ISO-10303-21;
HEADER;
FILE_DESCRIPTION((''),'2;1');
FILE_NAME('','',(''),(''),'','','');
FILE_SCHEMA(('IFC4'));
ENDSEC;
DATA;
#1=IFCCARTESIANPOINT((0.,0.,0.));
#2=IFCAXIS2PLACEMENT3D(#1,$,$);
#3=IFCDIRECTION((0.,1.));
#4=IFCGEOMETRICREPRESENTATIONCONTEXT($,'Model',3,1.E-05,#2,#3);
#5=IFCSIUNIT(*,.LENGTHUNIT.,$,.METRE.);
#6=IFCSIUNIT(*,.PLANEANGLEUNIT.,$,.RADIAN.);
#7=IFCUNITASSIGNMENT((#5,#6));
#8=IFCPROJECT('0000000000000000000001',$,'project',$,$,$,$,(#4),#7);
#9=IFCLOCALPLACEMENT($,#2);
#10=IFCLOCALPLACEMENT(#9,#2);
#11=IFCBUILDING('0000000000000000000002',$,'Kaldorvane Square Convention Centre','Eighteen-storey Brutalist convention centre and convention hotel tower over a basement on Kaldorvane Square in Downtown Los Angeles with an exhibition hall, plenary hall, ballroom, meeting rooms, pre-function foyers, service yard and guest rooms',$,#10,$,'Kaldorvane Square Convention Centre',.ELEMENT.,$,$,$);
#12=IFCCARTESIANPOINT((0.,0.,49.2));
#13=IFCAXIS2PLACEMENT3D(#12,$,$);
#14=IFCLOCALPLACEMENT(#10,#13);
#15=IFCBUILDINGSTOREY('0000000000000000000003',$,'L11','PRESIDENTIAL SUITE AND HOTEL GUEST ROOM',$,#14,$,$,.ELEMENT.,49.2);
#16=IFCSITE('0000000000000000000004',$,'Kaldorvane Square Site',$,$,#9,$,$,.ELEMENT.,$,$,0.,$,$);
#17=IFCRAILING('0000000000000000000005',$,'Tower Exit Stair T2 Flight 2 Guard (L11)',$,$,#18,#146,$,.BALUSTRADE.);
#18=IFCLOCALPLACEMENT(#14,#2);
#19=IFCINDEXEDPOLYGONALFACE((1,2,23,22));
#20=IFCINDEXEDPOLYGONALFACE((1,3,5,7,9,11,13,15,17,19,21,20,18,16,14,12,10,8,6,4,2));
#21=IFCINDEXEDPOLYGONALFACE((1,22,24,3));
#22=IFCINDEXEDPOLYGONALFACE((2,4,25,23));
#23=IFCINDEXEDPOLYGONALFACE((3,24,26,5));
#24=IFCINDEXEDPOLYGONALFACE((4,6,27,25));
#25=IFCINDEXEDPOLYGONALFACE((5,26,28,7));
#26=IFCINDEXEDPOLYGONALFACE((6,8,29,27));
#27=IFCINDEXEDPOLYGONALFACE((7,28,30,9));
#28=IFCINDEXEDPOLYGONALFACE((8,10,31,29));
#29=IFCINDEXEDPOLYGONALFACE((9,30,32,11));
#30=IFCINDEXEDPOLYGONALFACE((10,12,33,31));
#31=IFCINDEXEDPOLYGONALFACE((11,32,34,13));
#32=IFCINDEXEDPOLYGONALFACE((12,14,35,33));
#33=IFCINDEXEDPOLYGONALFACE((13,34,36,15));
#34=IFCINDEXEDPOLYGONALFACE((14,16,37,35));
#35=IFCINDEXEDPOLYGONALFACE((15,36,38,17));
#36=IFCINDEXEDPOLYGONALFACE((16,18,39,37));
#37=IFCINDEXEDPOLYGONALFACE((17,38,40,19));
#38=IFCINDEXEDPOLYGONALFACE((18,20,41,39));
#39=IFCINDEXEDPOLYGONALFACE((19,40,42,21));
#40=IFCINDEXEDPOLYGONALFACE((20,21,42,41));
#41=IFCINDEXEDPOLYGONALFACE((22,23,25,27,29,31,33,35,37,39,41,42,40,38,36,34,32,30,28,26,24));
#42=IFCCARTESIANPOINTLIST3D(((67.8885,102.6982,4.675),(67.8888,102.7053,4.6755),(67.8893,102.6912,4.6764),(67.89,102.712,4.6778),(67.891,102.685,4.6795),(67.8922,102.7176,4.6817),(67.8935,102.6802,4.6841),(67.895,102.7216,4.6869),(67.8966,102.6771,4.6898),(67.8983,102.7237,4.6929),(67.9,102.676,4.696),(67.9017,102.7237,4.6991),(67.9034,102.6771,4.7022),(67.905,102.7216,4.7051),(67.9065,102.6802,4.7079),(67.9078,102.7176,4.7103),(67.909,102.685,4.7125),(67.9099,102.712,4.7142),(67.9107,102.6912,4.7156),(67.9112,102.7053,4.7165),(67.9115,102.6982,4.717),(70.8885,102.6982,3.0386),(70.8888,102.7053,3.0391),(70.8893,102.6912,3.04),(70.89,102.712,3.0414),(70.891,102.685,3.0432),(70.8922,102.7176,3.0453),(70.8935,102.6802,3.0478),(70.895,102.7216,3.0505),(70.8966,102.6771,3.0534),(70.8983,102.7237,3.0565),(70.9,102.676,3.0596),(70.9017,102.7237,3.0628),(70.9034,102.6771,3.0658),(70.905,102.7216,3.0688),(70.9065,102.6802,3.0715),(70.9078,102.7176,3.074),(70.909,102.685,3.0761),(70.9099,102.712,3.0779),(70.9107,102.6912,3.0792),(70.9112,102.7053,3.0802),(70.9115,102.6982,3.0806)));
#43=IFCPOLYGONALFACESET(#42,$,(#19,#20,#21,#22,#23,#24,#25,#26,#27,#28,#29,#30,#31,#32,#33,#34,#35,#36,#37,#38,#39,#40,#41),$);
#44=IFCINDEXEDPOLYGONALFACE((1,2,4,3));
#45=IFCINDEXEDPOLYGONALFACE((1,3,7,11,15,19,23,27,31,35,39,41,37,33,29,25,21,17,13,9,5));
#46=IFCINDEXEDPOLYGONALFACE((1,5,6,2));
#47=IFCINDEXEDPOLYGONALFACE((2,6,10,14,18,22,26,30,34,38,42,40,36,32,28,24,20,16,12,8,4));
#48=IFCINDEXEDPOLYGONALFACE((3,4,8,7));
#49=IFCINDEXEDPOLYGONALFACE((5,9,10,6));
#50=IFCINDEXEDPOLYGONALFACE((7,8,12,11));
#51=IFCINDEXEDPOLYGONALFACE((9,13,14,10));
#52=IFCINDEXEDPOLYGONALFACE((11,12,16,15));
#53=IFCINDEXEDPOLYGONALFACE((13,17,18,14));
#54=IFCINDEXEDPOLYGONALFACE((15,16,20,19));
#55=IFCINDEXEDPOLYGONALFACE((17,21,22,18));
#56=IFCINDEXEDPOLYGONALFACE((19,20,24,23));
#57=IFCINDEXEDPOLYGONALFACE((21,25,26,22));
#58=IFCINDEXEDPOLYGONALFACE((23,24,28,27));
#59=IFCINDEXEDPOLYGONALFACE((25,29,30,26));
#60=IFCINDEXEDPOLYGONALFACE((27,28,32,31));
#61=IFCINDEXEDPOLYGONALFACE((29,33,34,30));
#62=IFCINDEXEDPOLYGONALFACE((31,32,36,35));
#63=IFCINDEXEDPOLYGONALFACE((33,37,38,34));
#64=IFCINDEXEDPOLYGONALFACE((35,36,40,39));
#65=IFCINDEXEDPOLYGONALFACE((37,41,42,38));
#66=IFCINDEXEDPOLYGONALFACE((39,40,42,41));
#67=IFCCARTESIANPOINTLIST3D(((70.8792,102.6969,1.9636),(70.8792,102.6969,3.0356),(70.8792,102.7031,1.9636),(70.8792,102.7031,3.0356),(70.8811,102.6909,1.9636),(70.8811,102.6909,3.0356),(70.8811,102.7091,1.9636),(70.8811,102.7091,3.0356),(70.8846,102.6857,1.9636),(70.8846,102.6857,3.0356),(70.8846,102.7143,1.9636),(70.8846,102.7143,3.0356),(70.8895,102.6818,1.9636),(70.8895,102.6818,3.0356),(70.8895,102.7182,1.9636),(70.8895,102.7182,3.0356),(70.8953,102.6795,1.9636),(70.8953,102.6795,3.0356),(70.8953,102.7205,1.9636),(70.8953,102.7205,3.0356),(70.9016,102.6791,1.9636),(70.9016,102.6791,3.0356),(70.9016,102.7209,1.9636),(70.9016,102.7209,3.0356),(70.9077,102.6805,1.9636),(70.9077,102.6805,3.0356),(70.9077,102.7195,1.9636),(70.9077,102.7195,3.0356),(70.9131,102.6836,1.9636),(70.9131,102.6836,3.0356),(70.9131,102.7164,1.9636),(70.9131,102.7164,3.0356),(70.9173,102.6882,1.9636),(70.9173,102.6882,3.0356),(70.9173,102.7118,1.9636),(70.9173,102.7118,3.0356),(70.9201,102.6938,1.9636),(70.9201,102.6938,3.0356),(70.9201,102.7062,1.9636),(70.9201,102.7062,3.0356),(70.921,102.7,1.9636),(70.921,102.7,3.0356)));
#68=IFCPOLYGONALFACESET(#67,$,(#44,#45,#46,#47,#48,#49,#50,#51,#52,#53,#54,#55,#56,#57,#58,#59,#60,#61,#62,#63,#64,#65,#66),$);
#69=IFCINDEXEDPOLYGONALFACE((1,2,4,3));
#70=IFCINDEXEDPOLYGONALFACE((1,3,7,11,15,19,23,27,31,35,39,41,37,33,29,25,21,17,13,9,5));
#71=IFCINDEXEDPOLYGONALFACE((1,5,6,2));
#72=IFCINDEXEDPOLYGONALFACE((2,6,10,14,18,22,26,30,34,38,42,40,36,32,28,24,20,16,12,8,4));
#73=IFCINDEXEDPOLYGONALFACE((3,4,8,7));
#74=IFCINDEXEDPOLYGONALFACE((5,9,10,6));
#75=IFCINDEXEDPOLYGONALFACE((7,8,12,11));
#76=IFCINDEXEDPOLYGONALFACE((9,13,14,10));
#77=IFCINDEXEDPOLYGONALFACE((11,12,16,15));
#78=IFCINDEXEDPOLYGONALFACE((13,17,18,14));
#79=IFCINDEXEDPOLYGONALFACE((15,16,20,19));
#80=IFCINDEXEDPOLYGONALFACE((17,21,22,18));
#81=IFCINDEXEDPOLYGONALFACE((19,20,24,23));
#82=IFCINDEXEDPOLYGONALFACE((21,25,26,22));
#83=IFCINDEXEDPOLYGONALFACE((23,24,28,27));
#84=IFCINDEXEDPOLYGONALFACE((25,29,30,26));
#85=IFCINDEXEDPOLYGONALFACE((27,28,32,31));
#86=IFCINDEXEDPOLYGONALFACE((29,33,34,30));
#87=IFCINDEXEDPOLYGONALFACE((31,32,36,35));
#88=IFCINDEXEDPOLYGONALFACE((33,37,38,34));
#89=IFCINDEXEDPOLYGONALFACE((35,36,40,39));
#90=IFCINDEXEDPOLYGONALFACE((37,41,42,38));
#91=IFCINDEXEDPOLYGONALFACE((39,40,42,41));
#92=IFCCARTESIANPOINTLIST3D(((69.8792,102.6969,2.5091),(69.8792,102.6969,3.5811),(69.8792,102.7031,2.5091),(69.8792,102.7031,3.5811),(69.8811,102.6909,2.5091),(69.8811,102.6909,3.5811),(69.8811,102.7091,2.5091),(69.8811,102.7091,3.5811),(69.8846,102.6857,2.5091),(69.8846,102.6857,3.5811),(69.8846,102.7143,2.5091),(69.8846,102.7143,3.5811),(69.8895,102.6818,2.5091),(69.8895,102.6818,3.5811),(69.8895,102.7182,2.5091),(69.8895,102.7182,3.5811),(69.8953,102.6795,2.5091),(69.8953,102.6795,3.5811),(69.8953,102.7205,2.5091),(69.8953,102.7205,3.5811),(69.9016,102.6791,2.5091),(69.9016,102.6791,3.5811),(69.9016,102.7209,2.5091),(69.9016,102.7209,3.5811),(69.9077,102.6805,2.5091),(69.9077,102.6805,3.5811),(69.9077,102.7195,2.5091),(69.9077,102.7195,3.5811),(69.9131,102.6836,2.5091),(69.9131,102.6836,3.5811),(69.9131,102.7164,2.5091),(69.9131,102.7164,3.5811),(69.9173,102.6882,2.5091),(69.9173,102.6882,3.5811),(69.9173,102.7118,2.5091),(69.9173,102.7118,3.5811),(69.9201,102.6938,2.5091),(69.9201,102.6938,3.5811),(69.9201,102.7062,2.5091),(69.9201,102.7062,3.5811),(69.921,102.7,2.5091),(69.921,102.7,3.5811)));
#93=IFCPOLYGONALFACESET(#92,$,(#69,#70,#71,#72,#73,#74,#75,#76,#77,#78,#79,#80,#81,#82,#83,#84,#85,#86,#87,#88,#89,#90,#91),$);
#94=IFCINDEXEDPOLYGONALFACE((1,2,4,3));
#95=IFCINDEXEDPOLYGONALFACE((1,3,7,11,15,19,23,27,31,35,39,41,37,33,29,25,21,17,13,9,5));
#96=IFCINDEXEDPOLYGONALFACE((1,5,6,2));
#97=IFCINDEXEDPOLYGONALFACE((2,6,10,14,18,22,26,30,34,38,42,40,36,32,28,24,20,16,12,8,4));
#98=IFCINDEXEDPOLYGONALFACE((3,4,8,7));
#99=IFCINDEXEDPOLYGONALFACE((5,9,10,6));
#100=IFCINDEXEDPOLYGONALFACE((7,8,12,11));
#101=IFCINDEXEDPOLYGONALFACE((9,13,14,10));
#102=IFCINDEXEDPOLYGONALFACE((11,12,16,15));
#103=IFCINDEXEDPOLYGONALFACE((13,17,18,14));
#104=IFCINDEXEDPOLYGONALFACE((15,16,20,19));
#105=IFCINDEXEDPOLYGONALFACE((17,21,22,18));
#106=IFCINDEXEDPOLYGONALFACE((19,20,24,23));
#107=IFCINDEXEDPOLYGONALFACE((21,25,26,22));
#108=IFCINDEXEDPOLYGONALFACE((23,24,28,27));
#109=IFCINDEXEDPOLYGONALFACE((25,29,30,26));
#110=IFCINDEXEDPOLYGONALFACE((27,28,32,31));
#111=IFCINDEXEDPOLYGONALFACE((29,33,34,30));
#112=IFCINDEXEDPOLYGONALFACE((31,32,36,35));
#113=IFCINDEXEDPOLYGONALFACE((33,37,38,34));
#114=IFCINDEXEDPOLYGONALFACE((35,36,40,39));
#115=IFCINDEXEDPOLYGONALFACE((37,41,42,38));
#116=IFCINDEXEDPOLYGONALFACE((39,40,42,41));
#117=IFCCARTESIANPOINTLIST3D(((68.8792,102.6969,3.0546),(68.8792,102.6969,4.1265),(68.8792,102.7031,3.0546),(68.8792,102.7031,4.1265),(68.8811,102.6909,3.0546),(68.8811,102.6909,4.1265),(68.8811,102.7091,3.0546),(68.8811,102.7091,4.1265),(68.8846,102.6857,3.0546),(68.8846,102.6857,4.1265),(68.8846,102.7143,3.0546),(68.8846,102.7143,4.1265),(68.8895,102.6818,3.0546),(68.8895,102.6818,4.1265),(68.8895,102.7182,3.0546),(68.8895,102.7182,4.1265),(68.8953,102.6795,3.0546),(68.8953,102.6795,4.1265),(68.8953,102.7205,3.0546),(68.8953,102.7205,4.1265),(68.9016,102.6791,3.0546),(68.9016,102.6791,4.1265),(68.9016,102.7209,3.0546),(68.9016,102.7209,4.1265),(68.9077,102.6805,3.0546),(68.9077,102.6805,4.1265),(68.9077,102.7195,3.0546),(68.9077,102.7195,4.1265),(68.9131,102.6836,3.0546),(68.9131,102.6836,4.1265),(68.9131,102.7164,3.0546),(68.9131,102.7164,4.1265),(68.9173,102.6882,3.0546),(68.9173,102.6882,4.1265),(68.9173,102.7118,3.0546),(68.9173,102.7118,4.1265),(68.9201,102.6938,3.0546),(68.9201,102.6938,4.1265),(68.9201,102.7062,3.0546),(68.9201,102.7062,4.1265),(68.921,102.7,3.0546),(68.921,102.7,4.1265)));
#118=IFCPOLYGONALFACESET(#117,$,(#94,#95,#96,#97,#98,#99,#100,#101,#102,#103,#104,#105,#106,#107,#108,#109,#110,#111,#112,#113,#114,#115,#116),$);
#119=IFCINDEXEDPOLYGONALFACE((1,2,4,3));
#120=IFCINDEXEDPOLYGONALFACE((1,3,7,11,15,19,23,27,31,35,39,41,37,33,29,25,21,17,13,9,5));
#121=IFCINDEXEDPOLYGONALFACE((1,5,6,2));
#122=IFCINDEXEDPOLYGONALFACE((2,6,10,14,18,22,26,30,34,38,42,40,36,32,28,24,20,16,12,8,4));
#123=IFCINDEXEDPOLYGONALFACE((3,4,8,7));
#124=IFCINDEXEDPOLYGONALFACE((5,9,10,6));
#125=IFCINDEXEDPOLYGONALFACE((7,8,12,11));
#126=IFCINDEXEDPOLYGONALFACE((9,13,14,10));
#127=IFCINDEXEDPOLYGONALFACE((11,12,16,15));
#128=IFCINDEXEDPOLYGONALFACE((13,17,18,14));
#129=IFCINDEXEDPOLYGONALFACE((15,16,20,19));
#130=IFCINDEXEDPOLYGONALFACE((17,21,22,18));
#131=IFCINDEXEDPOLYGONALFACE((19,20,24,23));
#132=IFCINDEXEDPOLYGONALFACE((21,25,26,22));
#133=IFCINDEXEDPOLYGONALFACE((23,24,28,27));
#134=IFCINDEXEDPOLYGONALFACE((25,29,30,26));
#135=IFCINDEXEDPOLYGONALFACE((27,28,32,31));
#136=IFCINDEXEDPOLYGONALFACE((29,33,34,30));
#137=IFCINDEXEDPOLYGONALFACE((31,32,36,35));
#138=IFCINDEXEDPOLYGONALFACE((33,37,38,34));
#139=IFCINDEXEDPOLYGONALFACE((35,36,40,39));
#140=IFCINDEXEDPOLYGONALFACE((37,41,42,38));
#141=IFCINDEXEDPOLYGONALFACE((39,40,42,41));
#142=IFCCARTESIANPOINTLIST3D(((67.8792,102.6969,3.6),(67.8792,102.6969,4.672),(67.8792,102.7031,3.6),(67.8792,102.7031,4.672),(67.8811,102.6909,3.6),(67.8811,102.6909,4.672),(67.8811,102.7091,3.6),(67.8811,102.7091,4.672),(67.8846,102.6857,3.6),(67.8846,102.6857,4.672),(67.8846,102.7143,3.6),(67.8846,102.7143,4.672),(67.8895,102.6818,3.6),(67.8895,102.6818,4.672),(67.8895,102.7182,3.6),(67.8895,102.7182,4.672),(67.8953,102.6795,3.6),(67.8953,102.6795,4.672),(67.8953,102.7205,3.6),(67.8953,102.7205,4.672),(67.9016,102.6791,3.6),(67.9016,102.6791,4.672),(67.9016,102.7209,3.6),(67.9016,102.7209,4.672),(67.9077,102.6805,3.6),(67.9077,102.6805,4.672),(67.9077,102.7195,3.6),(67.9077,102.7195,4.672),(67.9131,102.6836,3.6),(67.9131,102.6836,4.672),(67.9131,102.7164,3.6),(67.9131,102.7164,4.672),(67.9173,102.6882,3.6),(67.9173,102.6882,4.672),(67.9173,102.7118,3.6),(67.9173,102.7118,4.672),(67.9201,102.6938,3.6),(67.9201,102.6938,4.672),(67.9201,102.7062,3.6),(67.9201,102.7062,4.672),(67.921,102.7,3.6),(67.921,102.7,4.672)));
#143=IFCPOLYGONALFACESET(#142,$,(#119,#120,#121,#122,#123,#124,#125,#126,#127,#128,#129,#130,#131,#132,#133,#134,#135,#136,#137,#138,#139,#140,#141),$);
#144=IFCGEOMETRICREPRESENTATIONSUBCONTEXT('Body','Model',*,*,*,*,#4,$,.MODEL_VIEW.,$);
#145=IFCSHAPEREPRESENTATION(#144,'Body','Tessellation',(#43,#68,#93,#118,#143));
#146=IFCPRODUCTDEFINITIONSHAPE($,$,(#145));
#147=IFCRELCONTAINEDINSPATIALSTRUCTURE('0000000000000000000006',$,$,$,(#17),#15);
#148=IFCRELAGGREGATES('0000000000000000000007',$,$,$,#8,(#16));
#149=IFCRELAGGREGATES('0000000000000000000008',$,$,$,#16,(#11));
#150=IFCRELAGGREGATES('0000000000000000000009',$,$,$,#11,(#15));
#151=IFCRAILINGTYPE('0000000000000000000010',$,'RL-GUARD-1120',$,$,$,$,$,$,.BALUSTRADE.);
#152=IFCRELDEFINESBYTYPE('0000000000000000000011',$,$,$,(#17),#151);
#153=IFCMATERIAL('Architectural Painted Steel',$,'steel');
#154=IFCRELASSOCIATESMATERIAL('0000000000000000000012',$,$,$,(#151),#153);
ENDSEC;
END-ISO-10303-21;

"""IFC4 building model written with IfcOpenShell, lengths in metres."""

from ifc_helpers import new_model, si_unit, direction, frame, origin, origin_2d, place, context, subcontext, project, spatial, circle, extrude, material, type_object, element, save


model = new_model("IFC4")

# Units and contexts
model_context = context("Model", 3, precision=1e-05, world=origin(), true_north=direction((0.0, 1.0)))
body_context = subcontext(model_context, "Body", "Model", "MODEL_VIEW")
ifc_project = project(units=[si_unit("LENGTHUNIT", "METRE"), si_unit("PLANEANGLEUNIT", "RADIAN")], contexts=[model_context])

# Site, building, storey
site_placement = place(None, origin())
site = spatial("IfcSite", under=ifc_project, at=site_placement, Name="Kaldorvane Square Site", CompositionType="ELEMENT", RefElevation=0.0)
building_placement = place(site_placement, origin())
building = spatial("IfcBuilding", under=site, at=building_placement, Name="Kaldorvane Square Convention Centre", Description="Eighteen-storey Brutalist convention centre and convention hotel tower over a basement on Kaldorvane Square in Downtown Los Angeles with an exhibition hall, plenary hall, ballroom, meeting rooms, pre-function foyers, service yard and guest rooms", LongName="Kaldorvane Square Convention Centre", CompositionType="ELEMENT")
storey_placement = place(building_placement, frame((0.0, 0.0, 49.2)))
storey = spatial("IfcBuildingStorey", under=building, at=storey_placement, Name="L11", Description="PRESIDENTIAL SUITE AND HOTEL GUEST ROOM", CompositionType="ELEMENT", Elevation=49.2)

# Railing
ifc_material_1 = material(Name="Architectural Painted Steel", Category="steel")
railing_type_1 = type_object("IfcRailingType", Name="RL-GUARD-1120", PredefinedType="BALUSTRADE", material=ifc_material_1)
railing_1_placement = place(storey_placement, frame((70.9, 102.7, 1.9636)))
element("IfcRailing", 1, at=railing_1_placement, inside=storey, type_object=railing_type_1, Name="Tower Exit Stair T2 Flight 2 Guard (L11)", PredefinedType="BALUSTRADE", context=body_context, shape_type="SweptSolid", body=[
    extrude(circle(Radius=0.024, at=origin_2d()), frame((0.0, 0.0, 1.096), z_axis=(-0.877895, 0.0, 0.478853), x_axis=(0.0, -1.0, 0.0)), (0.0, 0.0, 1.0), 3.4173),
    extrude(circle(Radius=0.021, at=origin_2d()), origin(), (0.0, 0.0, 1.0), 1.072),
    extrude(circle(Radius=0.021, at=origin_2d()), frame((-1.0, 0.0, 0.5455)), (0.0, 0.0, 1.0), 1.072),
    extrude(circle(Radius=0.021, at=origin_2d()), frame((-2.0, 0.0, 1.0909)), (0.0, 0.0, 1.0), 1.072),
    extrude(circle(Radius=0.021, at=origin_2d()), frame((-3.0, 0.0, 1.6364)), (0.0, 0.0, 1.0), 1.072),
])

save(model, "model.ifc")
